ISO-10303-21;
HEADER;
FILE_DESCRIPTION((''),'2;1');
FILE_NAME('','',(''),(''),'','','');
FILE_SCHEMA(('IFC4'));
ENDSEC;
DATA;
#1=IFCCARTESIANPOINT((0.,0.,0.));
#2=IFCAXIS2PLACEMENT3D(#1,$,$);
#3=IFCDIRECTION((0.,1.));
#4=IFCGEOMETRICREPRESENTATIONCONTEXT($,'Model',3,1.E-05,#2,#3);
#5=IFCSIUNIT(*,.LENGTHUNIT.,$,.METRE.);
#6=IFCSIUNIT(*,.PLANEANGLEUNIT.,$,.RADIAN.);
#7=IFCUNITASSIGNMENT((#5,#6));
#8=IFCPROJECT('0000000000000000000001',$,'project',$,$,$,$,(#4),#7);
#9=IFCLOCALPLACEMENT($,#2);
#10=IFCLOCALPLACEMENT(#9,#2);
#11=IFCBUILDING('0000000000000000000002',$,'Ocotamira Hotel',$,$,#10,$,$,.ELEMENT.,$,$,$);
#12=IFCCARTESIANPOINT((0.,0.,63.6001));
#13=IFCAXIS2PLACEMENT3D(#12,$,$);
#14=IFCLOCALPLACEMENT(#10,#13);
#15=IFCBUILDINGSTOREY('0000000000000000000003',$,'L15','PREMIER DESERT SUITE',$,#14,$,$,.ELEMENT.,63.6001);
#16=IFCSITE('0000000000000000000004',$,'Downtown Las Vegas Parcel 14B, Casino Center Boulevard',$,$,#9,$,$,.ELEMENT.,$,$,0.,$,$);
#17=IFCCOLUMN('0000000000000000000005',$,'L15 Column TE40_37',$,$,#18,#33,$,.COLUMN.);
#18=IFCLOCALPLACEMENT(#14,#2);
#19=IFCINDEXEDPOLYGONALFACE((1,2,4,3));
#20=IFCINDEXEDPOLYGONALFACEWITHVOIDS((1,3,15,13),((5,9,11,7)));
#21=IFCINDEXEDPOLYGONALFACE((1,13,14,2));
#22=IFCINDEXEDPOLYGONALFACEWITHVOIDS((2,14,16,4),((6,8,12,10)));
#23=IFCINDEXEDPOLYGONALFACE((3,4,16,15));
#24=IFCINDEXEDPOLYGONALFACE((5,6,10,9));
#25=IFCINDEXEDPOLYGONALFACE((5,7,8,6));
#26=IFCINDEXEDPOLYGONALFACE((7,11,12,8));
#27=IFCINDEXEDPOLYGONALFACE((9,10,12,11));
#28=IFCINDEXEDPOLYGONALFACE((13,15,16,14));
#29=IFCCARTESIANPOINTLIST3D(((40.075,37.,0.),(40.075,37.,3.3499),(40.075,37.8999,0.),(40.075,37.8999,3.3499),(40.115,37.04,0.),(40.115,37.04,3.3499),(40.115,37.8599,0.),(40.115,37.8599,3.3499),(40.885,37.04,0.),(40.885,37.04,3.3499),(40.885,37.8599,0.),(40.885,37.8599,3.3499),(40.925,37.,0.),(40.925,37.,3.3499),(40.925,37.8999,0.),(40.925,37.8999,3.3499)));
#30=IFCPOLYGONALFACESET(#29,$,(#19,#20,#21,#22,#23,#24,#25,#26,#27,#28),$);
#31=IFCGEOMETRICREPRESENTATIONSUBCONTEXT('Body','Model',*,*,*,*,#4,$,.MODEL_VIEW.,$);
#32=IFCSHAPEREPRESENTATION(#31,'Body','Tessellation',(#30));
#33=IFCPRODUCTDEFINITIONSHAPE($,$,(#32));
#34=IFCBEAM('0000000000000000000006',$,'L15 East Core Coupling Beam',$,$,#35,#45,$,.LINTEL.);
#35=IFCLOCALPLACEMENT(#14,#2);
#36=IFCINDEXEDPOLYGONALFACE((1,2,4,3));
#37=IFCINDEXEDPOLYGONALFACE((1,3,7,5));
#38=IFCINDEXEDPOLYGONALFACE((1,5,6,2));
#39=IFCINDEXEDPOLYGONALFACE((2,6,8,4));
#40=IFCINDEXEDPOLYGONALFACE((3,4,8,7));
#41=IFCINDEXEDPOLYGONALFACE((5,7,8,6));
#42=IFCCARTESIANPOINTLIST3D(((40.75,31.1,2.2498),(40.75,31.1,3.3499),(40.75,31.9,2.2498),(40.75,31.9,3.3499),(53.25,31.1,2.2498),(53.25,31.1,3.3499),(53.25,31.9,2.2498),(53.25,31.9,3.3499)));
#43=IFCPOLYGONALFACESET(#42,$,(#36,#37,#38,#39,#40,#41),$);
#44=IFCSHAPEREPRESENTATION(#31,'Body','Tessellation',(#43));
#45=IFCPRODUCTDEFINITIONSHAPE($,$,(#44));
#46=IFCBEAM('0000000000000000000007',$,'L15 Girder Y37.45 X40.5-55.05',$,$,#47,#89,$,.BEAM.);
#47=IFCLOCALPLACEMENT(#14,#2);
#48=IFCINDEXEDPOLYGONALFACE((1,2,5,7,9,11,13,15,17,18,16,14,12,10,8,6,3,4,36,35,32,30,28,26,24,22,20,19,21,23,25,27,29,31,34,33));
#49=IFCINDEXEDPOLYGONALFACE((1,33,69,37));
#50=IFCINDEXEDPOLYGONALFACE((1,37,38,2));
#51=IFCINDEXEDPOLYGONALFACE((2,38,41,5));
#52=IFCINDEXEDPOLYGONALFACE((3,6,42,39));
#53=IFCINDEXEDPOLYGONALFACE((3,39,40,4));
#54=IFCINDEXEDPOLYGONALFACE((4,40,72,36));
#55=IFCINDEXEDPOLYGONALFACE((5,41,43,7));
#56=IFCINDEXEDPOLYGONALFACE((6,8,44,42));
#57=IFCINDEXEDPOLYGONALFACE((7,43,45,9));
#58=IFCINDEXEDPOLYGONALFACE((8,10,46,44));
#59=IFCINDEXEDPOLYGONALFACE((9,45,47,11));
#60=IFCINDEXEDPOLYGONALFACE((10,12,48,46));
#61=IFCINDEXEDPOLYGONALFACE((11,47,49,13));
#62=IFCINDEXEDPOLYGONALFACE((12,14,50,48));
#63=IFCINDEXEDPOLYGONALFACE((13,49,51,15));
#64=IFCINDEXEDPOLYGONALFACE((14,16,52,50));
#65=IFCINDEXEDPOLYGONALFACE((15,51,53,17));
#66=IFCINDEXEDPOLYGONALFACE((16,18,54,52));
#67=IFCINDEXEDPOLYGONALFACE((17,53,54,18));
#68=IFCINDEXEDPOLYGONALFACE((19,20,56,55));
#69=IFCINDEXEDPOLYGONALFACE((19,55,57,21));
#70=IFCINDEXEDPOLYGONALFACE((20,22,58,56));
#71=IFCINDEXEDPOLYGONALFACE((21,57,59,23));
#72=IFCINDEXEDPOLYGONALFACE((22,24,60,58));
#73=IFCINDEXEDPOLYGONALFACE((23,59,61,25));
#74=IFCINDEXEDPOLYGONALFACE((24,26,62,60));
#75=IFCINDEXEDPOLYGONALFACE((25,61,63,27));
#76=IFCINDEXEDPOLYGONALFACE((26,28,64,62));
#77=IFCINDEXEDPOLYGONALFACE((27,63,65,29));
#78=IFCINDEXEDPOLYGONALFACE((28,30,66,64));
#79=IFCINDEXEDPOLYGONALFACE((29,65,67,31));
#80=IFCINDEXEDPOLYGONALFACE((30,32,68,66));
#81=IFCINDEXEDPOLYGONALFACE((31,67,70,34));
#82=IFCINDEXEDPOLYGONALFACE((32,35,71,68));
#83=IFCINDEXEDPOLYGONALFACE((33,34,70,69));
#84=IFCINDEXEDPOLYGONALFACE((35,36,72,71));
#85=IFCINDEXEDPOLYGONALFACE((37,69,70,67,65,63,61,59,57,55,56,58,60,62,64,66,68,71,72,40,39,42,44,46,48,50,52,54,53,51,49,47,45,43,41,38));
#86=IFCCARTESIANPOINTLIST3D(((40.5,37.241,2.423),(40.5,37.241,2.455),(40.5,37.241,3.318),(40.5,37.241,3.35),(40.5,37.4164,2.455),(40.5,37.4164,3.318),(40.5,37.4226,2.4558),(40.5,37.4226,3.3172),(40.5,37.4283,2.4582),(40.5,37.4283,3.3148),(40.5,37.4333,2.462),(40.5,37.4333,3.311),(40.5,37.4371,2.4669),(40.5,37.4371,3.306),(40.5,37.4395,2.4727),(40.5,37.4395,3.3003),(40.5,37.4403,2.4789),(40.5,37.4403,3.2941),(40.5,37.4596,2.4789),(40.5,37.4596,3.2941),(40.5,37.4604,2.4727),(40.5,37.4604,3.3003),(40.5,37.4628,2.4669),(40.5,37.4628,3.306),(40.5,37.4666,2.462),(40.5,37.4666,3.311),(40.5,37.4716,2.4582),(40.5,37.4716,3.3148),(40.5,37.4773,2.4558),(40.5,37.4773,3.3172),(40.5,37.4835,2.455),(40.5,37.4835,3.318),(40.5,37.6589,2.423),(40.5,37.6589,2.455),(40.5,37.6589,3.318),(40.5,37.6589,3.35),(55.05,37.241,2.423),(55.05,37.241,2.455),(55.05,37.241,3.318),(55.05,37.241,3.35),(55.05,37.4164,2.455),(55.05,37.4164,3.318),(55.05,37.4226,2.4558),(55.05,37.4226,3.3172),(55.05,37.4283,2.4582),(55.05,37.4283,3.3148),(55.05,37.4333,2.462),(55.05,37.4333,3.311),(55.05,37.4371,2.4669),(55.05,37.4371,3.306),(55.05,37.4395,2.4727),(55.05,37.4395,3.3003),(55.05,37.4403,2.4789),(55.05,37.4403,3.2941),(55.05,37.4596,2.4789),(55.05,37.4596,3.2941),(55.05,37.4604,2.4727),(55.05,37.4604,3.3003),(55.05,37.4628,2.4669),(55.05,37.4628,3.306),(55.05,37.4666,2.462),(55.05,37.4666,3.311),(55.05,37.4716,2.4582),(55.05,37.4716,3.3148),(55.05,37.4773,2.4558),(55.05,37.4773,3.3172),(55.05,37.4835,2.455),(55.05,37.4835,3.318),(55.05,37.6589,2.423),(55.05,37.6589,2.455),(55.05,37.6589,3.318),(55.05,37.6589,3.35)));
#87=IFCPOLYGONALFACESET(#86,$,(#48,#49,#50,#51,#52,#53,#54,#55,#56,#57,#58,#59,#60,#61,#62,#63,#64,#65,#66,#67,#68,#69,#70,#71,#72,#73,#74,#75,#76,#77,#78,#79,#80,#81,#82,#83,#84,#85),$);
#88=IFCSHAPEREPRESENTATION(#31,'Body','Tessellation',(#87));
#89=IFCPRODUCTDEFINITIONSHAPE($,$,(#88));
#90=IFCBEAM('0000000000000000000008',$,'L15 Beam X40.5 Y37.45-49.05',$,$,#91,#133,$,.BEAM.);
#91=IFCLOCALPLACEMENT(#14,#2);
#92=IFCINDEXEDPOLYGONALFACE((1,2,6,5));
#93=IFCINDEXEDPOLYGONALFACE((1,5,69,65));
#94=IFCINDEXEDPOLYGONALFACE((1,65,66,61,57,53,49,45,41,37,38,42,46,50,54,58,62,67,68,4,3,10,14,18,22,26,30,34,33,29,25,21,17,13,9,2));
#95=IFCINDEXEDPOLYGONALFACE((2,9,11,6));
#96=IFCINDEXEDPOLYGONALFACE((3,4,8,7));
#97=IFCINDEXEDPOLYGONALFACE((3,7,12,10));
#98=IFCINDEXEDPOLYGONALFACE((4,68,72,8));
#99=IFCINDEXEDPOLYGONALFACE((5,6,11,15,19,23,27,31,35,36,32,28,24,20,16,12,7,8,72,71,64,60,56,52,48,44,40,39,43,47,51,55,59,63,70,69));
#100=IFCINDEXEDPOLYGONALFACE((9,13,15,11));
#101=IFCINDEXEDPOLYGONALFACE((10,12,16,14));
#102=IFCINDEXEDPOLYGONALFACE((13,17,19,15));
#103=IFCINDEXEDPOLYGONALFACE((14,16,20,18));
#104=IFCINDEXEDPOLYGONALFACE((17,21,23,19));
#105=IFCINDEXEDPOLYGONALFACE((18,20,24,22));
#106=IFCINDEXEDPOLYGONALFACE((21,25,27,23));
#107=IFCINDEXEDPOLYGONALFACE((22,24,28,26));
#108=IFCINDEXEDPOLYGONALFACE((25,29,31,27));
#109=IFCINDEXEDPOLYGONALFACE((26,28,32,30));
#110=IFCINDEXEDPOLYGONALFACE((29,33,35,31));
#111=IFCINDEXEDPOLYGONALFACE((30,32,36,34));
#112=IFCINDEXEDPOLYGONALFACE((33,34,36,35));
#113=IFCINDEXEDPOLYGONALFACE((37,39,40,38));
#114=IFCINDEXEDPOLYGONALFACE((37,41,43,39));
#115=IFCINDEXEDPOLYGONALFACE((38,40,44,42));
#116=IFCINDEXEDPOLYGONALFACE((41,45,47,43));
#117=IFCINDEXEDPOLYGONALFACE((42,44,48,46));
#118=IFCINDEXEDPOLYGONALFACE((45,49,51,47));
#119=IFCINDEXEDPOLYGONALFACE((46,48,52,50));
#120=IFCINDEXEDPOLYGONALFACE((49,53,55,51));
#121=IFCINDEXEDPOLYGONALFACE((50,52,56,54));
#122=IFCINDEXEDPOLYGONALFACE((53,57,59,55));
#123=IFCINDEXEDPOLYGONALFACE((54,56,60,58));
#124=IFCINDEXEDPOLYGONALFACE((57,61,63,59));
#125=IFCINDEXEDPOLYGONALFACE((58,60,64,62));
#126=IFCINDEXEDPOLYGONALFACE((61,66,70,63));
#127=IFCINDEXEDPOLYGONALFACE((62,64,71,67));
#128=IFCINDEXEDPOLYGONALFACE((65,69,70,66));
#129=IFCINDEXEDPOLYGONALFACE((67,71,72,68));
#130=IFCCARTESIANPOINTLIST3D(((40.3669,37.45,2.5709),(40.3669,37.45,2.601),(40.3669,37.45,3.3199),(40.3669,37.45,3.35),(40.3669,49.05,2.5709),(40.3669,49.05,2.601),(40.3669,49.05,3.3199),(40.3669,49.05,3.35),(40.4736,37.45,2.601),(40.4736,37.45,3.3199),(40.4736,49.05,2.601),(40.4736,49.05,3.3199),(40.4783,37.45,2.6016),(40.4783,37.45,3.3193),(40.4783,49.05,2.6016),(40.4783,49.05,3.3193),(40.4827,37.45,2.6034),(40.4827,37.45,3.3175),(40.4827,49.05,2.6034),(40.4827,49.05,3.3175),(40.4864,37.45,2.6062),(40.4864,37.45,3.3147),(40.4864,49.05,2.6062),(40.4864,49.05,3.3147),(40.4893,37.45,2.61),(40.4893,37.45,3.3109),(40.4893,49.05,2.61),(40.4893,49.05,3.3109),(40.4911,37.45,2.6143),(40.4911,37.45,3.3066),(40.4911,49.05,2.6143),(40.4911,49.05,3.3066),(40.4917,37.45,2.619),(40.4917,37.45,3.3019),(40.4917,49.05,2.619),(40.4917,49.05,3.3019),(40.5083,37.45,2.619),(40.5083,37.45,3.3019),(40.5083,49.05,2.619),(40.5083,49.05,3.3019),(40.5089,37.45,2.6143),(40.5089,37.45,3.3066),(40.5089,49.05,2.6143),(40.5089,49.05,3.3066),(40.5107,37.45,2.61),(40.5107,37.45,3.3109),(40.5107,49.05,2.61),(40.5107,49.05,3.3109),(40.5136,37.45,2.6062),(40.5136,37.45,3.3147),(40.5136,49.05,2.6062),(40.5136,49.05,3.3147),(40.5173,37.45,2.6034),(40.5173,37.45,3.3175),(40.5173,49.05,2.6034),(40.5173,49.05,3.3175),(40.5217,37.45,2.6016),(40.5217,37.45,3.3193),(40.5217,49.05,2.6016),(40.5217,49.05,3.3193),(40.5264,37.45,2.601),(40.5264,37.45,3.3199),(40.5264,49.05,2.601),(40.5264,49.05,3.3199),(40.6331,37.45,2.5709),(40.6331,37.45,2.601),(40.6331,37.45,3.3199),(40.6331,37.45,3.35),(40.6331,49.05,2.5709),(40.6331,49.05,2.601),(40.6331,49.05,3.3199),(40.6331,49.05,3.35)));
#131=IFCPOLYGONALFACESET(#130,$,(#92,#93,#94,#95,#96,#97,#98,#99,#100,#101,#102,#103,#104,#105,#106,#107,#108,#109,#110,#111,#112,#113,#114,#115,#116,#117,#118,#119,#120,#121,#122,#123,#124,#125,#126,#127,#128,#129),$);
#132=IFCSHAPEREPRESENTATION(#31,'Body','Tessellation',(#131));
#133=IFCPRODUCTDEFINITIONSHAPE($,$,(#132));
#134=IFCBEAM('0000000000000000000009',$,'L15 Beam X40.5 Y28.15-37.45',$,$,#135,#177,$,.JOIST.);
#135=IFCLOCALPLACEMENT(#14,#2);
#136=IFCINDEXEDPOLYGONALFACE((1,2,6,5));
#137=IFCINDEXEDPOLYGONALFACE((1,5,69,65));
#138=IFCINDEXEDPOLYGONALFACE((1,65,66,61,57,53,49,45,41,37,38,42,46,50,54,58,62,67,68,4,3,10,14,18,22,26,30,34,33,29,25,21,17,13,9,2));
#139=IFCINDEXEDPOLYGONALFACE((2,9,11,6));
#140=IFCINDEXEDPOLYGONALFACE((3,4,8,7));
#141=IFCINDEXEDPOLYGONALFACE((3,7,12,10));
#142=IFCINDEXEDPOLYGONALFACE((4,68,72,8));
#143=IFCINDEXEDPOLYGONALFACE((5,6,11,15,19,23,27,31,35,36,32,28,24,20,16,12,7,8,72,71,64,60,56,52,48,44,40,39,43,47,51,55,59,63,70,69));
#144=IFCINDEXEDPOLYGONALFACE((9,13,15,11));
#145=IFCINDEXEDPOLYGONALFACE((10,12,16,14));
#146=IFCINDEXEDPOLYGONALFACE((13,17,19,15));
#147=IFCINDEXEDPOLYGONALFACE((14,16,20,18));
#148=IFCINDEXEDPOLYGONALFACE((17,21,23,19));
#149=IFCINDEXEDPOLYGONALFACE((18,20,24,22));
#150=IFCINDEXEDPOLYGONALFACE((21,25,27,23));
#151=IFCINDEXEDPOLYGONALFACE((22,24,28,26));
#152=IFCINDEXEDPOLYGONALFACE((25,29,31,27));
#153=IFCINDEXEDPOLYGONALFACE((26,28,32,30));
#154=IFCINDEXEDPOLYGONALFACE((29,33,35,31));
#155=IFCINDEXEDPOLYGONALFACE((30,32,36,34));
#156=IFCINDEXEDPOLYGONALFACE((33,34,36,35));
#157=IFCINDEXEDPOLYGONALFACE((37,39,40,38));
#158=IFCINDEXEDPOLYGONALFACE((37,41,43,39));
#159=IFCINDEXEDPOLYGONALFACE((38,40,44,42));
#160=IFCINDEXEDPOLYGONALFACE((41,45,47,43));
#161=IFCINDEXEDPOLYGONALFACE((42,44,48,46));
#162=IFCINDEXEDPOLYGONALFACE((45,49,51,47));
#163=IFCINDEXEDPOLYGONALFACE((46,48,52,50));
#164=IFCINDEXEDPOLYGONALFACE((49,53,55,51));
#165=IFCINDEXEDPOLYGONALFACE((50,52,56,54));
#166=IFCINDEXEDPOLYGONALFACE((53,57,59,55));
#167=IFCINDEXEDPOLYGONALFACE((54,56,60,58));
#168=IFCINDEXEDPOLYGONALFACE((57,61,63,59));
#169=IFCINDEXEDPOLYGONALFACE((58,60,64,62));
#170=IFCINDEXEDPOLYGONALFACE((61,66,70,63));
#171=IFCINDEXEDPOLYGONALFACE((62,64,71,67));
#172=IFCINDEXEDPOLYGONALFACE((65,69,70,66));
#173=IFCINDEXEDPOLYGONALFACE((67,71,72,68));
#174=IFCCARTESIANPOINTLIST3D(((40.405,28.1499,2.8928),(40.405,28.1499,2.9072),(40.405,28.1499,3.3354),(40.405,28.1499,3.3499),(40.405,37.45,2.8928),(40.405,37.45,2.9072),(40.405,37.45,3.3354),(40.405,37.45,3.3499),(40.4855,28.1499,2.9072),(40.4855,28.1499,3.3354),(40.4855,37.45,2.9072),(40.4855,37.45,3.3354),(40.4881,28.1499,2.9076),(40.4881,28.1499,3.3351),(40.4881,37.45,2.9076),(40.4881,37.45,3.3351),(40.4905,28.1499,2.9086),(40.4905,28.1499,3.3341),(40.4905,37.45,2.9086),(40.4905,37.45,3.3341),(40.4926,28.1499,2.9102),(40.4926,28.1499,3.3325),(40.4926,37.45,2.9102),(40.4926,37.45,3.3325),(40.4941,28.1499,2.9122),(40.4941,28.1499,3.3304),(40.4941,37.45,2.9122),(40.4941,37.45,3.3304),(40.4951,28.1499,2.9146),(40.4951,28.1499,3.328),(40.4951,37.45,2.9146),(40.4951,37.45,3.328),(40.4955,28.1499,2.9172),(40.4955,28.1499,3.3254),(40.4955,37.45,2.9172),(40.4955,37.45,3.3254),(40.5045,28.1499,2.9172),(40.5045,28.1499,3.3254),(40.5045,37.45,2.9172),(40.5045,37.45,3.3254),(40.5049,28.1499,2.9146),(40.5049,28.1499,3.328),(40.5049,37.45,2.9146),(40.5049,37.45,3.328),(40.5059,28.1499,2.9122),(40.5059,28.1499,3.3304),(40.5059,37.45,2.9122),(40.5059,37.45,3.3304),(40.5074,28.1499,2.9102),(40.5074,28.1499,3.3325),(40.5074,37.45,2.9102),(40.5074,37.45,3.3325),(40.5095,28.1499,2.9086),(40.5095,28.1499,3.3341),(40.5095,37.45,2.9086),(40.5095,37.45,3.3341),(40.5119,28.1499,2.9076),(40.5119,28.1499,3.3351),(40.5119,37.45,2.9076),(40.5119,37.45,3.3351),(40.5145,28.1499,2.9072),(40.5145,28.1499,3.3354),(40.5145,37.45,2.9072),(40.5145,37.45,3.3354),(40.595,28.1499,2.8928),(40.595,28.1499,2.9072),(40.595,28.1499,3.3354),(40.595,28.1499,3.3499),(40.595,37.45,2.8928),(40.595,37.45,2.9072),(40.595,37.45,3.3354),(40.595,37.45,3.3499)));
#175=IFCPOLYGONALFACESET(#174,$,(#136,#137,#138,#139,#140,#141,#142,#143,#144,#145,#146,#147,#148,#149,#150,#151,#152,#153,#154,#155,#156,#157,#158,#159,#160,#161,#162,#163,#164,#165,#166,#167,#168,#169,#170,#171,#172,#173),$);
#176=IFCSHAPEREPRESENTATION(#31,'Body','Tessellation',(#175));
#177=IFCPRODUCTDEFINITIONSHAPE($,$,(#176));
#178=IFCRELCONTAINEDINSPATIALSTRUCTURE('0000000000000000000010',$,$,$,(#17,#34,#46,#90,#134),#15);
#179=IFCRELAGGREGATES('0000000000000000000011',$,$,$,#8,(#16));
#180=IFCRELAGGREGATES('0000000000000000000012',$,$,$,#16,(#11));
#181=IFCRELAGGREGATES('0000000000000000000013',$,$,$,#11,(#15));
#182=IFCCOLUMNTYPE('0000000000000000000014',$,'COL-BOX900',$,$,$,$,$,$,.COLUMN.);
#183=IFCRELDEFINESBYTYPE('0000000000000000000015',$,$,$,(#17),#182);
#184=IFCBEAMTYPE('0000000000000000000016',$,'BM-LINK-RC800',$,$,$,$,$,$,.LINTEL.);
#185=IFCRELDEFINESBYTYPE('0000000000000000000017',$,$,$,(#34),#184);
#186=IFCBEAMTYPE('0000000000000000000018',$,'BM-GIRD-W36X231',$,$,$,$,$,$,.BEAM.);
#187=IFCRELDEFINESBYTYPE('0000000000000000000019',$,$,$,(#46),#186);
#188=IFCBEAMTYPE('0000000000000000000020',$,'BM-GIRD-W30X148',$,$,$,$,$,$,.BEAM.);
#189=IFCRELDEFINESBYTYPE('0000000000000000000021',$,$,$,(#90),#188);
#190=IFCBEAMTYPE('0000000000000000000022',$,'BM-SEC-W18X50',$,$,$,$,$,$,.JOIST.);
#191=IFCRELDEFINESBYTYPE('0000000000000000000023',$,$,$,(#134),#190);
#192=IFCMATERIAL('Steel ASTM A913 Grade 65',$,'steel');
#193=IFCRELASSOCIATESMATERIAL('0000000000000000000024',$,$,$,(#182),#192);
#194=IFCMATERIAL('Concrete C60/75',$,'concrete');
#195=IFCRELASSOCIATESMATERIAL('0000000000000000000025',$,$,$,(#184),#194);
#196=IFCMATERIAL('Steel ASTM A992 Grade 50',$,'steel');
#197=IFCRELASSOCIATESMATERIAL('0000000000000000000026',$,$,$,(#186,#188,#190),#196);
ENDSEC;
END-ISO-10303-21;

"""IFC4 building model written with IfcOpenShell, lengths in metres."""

from ifc_helpers import new_model, si_unit, direction, frame, origin, origin_2d, place, context, subcontext, project, spatial, rectangle, hollow_rectangle, i_section, extrude, source, transform, mapped, material, material_profile, profile_set, type_object, element, save


model = new_model("IFC4")

# Units and contexts
model_context = context("Model", 3, precision=1e-05, world=origin(), true_north=direction((0.0, 1.0)))
body_context = subcontext(model_context, "Body", "Model", "MODEL_VIEW")
ifc_project = project(units=[si_unit("LENGTHUNIT", "METRE"), si_unit("PLANEANGLEUNIT", "RADIAN")], contexts=[model_context])

# Site, building, storey
site_placement = place(None, origin())
site = spatial("IfcSite", under=ifc_project, at=site_placement, Name="Downtown Las Vegas Parcel 14B, Casino Center Boulevard", CompositionType="ELEMENT", RefElevation=0.0)
building_placement = place(site_placement, origin())
building = spatial("IfcBuilding", under=site, at=building_placement, Name="Ocotamira Hotel", CompositionType="ELEMENT")
storey_placement = place(building_placement, frame((0.0, 0.0, 63.6001)))
storey = spatial("IfcBuildingStorey", under=building, at=storey_placement, Name="L15", Description="PREMIER DESERT SUITE", CompositionType="ELEMENT", Elevation=63.6001)

# Column
ifc_material_1 = material(Name="Steel ASTM A913 Grade 65", Category="steel")
ifc_material_profile_1 = material_profile(ifc_material_1, hollow_rectangle(XDim=0.8501, YDim=0.8999, WallThickness=0.04, at=origin_2d()), Name="BOX900X850X40")
ifc_profile_set_1 = profile_set([ifc_material_profile_1], Name="Steel ASTM A913 Grade 65")
column_type = type_object("IfcColumnType", Name="COL-BOX900", PredefinedType="COLUMN", material=ifc_profile_set_1)
shared_shape_1 = source(origin(), body_context, "Body", "SweptSolid", [
    extrude(hollow_rectangle(XDim=0.8501, YDim=0.8999, WallThickness=0.04, at=origin_2d()), origin(), (0.0, 0.0, 1.0), 3.3499),
])
column_placement = place(storey_placement, frame((40.5, 37.45, 0.0), z_axis=(0.0, 0.0, 1.0), x_axis=(1.0, 0.0, 0.0)))
element("IfcColumn", 1, at=column_placement, inside=storey, type_object=column_type, Name="L15 Column TE40_37", PredefinedType="COLUMN", context=body_context, shape_type="MappedRepresentation", body=[
    mapped(shared_shape_1, transform((0.0, 0.0, 0.0), scale=1.0)),
])

# Beams
ifc_material_2 = material(Name="Concrete C60/75", Category="concrete")
ifc_material_profile_2 = material_profile(ifc_material_2, rectangle(XDim=0.8, YDim=1.1001, at=origin_2d()), Name="RC800X1100")
ifc_profile_set_2 = profile_set([ifc_material_profile_2], Name="Concrete C60/75")
beam_type_1 = type_object("IfcBeamType", Name="BM-LINK-RC800", PredefinedType="LINTEL", material=ifc_profile_set_2)
shared_shape_2 = source(origin(), body_context, "Body", "SweptSolid", [
    extrude(rectangle(XDim=0.8, YDim=1.1001, at=origin_2d()), origin(), (0.0, 0.0, 1.0), 12.5),
])
beam_1_placement = place(storey_placement, frame((40.75, 31.5, 2.7998), z_axis=(1.0, 0.0, 0.0), x_axis=(0.0, 1.0, 0.0)))
element("IfcBeam", 2, at=beam_1_placement, inside=storey, type_object=beam_type_1, Name="L15 East Core Coupling Beam", PredefinedType="LINTEL", context=body_context, shape_type="MappedRepresentation", body=[
    mapped(shared_shape_2, transform((0.0, 0.0, 0.0), scale=1.0)),
])
ifc_material_3 = material(Name="Steel ASTM A992 Grade 50", Category="steel")
ifc_material_profile_3 = material_profile(ifc_material_3, i_section(OverallWidth=0.418, OverallDepth=0.927, WebThickness=0.0193, FlangeThickness=0.032, FilletRadius=0.0239, at=origin_2d()), Name="W36X231")
ifc_profile_set_3 = profile_set([ifc_material_profile_3], Name="Steel ASTM A992 Grade 50")
beam_type_2 = type_object("IfcBeamType", Name="BM-GIRD-W36X231", PredefinedType="BEAM", material=ifc_profile_set_3)
shared_shape_3 = source(origin(), body_context, "Body", "SweptSolid", [
    extrude(i_section(OverallWidth=0.418, OverallDepth=0.927, WebThickness=0.0193, FlangeThickness=0.032, FilletRadius=0.0239, at=origin_2d()), origin(), (0.0, 0.0, 1.0), 14.55),
])
beam_2_placement = place(storey_placement, frame((40.5, 37.45, 2.8865), z_axis=(1.0, 0.0, 0.0), x_axis=(0.0, 1.0, 0.0)))
element("IfcBeam", 3, at=beam_2_placement, inside=storey, type_object=beam_type_2, Name="L15 Girder Y37.45 X40.5-55.05", PredefinedType="BEAM", context=body_context, shape_type="MappedRepresentation", body=[
    mapped(shared_shape_3, transform((0.0, 0.0, 0.0), scale=1.0)),
])
ifc_material_profile_4 = material_profile(ifc_material_3, i_section(OverallWidth=0.2661, OverallDepth=0.7791, WebThickness=0.0166, FlangeThickness=0.03, FilletRadius=0.0181, at=origin_2d()), Name="W30X148")
ifc_profile_set_4 = profile_set([ifc_material_profile_4], Name="Steel ASTM A992 Grade 50")
beam_type_3 = type_object("IfcBeamType", Name="BM-GIRD-W30X148", PredefinedType="BEAM", material=ifc_profile_set_4)
shared_shape_4 = source(origin(), body_context, "Body", "SweptSolid", [
    extrude(i_section(OverallWidth=0.2661, OverallDepth=0.7791, WebThickness=0.0166, FlangeThickness=0.03, FilletRadius=0.0181, at=origin_2d()), origin(), (0.0, 0.0, 1.0), 11.6001),
])
beam_3_placement = place(storey_placement, frame((40.5, 37.45, 2.9604), z_axis=(0.0, 1.0, 0.0), x_axis=(-1.0, 0.0, 0.0)))
element("IfcBeam", 4, at=beam_3_placement, inside=storey, type_object=beam_type_3, Name="L15 Beam X40.5 Y37.45-49.05", PredefinedType="BEAM", context=body_context, shape_type="MappedRepresentation", body=[
    mapped(shared_shape_4, transform((0.0, 0.0, 0.0), scale=1.0)),
])
ifc_material_profile_5 = material_profile(ifc_material_3, i_section(OverallWidth=0.1899, OverallDepth=0.457, WebThickness=0.009, FlangeThickness=0.0144, FilletRadius=0.01, at=origin_2d()), Name="W18X50")
ifc_profile_set_5 = profile_set([ifc_material_profile_5], Name="Steel ASTM A992 Grade 50")
beam_type_4 = type_object("IfcBeamType", Name="BM-SEC-W18X50", PredefinedType="JOIST", material=ifc_profile_set_5)
shared_shape_5 = source(origin(), body_context, "Body", "SweptSolid", [
    extrude(i_section(OverallWidth=0.1899, OverallDepth=0.457, WebThickness=0.009, FlangeThickness=0.0144, FilletRadius=0.01, at=origin_2d()), origin(), (0.0, 0.0, 1.0), 9.3),
])
beam_4_placement = place(storey_placement, frame((40.5, 28.1499, 3.1213), z_axis=(0.0, 1.0, 0.0), x_axis=(-1.0, 0.0, 0.0)))
element("IfcBeam", 5, at=beam_4_placement, inside=storey, type_object=beam_type_4, Name="L15 Beam X40.5 Y28.15-37.45", PredefinedType="JOIST", context=body_context, shape_type="MappedRepresentation", body=[
    mapped(shared_shape_5, transform((0.0, 0.0, 0.0), scale=1.0)),
])

save(model, "model.ifc")
